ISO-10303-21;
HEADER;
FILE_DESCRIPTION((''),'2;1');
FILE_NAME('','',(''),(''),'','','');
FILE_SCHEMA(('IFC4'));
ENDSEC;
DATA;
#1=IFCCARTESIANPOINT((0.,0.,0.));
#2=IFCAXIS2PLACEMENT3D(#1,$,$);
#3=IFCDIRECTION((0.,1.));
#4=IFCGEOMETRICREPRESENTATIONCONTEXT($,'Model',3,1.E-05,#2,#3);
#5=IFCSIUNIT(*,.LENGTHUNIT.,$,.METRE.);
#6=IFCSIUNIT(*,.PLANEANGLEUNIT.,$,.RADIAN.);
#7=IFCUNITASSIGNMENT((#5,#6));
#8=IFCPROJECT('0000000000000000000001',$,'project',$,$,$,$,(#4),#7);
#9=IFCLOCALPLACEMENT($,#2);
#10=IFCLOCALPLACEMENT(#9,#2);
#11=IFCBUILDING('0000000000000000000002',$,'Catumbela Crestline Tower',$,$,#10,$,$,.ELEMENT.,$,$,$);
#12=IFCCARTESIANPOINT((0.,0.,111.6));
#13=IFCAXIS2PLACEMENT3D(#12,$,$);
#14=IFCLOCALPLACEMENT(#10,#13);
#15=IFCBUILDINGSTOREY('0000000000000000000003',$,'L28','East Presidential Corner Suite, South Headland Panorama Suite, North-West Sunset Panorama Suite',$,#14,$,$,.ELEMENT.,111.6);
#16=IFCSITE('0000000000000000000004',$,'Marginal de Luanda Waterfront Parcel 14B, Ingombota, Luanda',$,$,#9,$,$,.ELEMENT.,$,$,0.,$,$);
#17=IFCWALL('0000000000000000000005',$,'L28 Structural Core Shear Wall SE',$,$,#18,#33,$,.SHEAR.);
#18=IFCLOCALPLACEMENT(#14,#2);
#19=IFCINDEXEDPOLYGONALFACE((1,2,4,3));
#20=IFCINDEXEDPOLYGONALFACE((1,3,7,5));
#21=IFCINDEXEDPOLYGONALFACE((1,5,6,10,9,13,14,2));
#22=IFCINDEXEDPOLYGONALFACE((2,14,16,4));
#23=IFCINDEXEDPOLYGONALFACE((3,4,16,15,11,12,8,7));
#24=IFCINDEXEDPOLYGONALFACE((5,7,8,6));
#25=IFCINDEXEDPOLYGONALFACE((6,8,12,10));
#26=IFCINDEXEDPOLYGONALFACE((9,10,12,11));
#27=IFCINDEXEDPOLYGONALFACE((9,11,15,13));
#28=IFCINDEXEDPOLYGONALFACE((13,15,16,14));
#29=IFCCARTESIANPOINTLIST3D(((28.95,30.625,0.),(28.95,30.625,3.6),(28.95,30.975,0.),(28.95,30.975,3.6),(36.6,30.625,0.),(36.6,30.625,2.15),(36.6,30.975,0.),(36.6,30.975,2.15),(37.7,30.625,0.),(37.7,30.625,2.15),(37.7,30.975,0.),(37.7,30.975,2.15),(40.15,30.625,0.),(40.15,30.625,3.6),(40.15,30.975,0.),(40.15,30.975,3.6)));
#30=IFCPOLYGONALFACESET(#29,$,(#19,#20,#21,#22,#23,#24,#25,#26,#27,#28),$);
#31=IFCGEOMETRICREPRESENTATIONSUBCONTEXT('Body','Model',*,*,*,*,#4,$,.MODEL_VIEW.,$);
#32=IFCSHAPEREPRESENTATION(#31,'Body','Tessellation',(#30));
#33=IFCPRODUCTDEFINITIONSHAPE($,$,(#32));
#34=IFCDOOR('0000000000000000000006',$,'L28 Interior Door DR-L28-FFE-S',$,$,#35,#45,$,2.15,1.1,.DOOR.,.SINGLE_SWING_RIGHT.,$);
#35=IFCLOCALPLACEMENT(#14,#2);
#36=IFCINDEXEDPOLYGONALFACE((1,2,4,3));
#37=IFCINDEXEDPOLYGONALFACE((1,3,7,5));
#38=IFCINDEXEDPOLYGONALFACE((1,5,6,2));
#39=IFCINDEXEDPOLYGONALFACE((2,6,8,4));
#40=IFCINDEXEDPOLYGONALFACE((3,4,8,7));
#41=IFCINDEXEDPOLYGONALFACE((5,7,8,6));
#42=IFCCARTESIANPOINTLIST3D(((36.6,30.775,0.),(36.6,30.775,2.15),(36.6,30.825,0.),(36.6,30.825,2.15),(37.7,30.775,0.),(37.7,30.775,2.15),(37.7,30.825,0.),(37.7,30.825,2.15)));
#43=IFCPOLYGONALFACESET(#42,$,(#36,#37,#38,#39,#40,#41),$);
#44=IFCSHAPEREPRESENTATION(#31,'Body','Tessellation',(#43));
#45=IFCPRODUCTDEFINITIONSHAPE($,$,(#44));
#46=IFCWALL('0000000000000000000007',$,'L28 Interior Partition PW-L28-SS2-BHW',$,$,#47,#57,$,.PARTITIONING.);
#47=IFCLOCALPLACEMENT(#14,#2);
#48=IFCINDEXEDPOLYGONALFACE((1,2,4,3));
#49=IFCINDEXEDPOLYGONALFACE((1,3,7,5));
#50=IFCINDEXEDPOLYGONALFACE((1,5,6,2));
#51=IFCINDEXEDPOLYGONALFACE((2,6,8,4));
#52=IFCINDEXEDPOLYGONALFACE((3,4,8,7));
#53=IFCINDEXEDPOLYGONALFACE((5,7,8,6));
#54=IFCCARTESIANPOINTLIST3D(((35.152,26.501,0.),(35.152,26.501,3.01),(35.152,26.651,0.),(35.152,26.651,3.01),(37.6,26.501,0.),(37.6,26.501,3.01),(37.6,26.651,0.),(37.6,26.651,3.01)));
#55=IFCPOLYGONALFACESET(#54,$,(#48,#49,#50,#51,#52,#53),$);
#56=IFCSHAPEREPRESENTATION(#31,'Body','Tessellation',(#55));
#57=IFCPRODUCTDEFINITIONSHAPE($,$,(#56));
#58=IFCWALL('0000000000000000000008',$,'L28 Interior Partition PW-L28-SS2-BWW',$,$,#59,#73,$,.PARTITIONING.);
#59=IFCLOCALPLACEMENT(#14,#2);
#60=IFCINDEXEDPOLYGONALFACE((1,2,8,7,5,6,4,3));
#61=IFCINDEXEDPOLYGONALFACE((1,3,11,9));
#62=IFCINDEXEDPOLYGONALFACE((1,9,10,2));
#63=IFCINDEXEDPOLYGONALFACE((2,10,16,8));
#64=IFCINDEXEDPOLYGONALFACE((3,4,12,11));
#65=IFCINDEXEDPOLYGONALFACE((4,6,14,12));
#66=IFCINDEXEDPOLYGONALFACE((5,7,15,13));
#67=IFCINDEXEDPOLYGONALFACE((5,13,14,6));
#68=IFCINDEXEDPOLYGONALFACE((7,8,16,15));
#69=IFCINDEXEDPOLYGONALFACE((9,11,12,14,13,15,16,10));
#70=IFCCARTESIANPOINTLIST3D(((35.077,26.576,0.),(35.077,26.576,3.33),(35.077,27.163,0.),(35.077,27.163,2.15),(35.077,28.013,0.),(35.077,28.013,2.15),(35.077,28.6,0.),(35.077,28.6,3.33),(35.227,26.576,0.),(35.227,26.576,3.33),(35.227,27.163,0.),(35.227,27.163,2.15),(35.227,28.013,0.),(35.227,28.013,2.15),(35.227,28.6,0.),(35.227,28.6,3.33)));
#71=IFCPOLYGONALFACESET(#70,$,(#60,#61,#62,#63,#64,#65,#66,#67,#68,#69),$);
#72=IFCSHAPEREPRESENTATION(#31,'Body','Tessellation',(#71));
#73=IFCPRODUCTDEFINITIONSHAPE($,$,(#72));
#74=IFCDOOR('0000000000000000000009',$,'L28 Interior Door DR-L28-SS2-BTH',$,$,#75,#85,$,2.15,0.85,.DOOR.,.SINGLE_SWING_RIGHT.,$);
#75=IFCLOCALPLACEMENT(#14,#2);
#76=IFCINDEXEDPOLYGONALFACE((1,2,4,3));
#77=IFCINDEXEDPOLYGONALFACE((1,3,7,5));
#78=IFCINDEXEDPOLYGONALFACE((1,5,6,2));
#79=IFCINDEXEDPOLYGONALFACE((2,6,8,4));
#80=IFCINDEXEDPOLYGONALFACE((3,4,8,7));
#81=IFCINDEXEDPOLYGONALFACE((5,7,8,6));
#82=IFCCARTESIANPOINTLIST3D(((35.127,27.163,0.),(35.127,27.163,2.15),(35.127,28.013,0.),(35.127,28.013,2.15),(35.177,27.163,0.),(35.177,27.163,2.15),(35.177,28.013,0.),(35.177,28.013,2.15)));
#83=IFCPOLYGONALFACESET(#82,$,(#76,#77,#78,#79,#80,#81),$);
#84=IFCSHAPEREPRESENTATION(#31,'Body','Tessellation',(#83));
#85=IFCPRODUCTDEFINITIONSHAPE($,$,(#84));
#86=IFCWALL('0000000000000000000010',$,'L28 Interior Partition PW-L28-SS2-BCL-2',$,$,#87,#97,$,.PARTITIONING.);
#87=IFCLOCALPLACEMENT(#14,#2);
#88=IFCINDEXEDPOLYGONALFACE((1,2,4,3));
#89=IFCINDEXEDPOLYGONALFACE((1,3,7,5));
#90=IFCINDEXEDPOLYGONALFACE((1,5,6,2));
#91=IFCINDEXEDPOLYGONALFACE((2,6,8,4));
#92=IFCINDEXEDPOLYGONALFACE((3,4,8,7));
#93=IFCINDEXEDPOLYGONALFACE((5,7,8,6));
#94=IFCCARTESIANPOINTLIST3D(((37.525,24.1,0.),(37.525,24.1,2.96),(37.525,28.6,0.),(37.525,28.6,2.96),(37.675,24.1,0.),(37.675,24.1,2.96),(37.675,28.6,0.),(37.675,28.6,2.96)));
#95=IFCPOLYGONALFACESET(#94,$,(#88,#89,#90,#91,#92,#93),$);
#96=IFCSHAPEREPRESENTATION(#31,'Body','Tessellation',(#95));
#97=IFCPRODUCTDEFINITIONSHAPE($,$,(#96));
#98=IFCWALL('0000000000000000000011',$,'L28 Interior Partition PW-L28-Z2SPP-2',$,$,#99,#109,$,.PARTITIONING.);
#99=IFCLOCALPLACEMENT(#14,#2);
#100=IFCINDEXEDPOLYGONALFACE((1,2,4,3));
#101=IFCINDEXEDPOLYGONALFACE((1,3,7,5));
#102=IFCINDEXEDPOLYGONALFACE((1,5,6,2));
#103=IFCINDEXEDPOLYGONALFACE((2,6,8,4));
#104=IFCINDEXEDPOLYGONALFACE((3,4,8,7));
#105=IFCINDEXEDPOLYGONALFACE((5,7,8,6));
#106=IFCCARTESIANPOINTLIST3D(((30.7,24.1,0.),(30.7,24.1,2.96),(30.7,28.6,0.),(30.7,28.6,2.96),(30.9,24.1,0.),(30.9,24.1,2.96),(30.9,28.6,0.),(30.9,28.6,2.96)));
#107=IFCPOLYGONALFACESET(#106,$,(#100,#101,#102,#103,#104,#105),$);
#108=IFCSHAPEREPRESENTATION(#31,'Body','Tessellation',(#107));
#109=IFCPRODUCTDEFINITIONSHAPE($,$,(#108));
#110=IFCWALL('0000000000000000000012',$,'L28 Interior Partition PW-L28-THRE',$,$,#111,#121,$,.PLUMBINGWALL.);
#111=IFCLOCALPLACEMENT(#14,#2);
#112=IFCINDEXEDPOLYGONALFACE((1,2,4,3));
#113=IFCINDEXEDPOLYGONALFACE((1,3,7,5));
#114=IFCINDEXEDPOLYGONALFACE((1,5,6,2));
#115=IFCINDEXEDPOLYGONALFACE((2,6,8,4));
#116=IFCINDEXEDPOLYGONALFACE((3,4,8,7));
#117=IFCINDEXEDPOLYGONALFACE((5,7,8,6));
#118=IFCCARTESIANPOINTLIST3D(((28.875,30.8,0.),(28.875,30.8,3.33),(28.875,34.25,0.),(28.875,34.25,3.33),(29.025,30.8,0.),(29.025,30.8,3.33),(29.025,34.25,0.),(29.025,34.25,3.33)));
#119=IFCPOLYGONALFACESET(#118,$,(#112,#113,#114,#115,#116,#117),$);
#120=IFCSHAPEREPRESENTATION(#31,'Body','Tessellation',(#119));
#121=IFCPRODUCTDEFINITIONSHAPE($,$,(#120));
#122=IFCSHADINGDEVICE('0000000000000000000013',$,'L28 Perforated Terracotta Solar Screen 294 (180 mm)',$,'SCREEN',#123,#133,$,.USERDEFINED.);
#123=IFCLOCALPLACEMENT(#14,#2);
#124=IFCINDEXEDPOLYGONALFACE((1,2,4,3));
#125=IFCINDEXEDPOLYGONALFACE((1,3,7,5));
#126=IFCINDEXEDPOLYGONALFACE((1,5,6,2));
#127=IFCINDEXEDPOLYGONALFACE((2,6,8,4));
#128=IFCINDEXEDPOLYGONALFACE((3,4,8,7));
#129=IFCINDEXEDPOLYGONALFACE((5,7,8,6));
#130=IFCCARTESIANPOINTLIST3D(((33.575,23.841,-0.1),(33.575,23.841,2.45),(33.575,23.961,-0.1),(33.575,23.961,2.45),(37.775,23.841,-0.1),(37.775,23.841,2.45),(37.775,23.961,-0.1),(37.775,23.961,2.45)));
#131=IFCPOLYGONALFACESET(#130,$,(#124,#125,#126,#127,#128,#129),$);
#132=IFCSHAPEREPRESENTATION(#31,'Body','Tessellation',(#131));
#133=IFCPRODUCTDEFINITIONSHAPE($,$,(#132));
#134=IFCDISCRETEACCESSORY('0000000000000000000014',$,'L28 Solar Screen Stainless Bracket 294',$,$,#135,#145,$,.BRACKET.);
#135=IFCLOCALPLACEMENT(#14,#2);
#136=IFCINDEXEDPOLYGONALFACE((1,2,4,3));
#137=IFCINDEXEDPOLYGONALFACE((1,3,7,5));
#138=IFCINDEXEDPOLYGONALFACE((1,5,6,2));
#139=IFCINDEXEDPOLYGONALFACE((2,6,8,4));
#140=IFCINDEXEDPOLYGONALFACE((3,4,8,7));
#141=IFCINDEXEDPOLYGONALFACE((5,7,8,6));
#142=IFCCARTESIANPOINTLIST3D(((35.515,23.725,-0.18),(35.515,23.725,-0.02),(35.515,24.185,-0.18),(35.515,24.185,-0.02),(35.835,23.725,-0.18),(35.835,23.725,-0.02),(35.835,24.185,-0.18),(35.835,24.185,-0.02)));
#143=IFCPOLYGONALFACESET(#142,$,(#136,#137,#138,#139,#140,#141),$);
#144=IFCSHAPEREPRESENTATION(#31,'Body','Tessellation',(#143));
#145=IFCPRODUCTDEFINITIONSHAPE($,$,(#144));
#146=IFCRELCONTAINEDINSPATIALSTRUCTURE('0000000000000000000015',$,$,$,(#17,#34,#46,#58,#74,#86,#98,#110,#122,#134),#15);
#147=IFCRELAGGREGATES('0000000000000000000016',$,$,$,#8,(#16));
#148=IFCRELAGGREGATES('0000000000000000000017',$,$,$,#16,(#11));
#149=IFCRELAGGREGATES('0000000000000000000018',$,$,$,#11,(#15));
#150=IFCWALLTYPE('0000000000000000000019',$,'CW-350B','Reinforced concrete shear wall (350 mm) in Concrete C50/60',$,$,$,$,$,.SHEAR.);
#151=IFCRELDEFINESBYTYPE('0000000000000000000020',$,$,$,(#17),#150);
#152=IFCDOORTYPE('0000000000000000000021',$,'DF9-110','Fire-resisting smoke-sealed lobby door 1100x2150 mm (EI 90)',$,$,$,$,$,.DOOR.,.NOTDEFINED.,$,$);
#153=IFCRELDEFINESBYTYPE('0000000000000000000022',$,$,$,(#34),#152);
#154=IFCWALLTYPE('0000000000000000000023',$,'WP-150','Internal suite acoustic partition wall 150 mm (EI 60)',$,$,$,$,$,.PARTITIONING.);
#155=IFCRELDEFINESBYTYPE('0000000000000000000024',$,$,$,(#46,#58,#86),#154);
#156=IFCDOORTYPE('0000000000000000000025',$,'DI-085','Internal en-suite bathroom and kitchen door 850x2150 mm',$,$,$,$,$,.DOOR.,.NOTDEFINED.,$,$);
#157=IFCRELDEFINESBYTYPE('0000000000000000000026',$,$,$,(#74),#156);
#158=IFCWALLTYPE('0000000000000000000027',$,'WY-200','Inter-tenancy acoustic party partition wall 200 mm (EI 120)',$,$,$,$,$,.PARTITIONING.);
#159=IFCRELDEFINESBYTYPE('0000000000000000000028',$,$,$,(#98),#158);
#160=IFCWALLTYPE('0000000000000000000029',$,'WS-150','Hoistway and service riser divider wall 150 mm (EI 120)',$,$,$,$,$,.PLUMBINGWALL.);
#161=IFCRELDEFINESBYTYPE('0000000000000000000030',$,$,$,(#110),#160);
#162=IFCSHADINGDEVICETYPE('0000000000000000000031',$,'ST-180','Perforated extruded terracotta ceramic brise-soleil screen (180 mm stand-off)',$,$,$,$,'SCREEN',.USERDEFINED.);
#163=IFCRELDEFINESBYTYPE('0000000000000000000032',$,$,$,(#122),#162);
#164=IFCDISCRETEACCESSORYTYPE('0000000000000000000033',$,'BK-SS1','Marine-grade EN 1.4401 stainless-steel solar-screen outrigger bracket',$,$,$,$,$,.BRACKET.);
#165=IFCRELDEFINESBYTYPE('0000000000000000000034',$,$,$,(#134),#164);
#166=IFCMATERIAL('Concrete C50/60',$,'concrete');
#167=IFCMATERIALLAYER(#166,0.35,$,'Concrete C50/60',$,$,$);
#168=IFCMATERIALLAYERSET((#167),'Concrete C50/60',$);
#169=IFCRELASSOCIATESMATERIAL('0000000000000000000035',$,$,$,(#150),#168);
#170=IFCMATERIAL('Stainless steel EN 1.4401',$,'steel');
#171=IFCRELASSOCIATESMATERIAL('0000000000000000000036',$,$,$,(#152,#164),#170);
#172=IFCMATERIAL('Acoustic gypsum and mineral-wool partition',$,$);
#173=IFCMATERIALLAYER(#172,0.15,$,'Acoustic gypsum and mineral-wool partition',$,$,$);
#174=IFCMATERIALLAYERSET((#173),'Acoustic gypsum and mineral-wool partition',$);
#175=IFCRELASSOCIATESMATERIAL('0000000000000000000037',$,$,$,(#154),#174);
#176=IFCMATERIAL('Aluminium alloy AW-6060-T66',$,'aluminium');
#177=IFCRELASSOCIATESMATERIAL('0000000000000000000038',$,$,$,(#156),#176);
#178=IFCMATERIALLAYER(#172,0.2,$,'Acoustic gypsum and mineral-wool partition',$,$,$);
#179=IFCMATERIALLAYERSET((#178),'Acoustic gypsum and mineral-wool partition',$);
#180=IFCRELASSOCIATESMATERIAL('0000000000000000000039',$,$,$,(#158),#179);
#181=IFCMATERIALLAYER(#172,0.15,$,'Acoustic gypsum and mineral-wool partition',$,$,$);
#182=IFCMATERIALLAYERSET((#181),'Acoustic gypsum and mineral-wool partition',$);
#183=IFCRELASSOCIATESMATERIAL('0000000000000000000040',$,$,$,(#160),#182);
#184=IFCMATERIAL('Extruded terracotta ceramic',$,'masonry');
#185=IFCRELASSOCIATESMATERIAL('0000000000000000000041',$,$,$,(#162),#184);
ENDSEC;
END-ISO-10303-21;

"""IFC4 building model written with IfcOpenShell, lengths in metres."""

from ifc_helpers import new_model, si_unit, direction, frame, frame_2d, origin, origin_2d, place, context, subcontext, project, spatial, rectangle, extrude, material, layer, layer_set, type_object, element, fill, save


model = new_model("IFC4")

# Units and contexts
model_context = context("Model", 3, precision=1e-05, world=origin(), true_north=direction((0.0, 1.0)))
body_context = subcontext(model_context, "Body", "Model", "MODEL_VIEW")
ifc_project = project(units=[si_unit("LENGTHUNIT", "METRE"), si_unit("PLANEANGLEUNIT", "RADIAN")], contexts=[model_context])

# Site, building, storey
site_placement = place(None, origin())
site = spatial("IfcSite", under=ifc_project, at=site_placement, Name="Marginal de Luanda Waterfront Parcel 14B, Ingombota, Luanda", CompositionType="ELEMENT", RefElevation=0.0)
building_placement = place(site_placement, origin())
building = spatial("IfcBuilding", under=site, at=building_placement, Name="Catumbela Crestline Tower", CompositionType="ELEMENT")
storey_placement = place(building_placement, frame((0.0, 0.0, 111.6)))
storey = spatial("IfcBuildingStorey", under=building, at=storey_placement, Name="L28", Description="East Presidential Corner Suite, South Headland Panorama Suite, North-West Sunset Panorama Suite", CompositionType="ELEMENT", Elevation=111.6)

# Shared definitions
ifc_material_1 = material(Name="Concrete C50/60", Category="concrete")

# Shared definitions
ifc_material_2 = material(Name="Aluminium alloy AW-6060-T66", Category="aluminium")

# Wall, opening, door
ifc_layer_1 = layer(ifc_material_1, 0.35, Name="Concrete C50/60")
ifc_layer_set_1 = layer_set([ifc_layer_1], Name="Concrete C50/60")
wall_type_1 = type_object("IfcWallType", Name="CW-350B", Description="Reinforced concrete shear wall (350 mm) in Concrete C50/60", PredefinedType="SHEAR", material=ifc_layer_set_1)
wall_1_placement = place(storey_placement, frame((28.95, 30.8, 0.0), z_axis=(0.0, 0.0, 1.0), x_axis=(1.0, 0.0, 0.0)))
wall_1 = element("IfcWall", 1, at=wall_1_placement, inside=storey, type_object=wall_type_1, Name="L28 Structural Core Shear Wall SE", PredefinedType="SHEAR", context=body_context, shape_type="SweptSolid", body=[
    extrude(rectangle(XDim=11.2, YDim=0.35, at=frame_2d((5.6, 0.0))), origin(), (0.0, 0.0, 1.0), 3.6),
])
opening_1_placement = place(wall_1_placement, frame((7.65, 0.0, 0.0)))
opening_1 = element("IfcOpeningElement", 2, at=opening_1_placement, cuts=wall_1, PredefinedType="OPENING", context=body_context, shape_type="SweptSolid", body=[
    extrude(rectangle(XDim=1.1, YDim=2.15, at=frame_2d((0.55, 1.075))), frame((0.0, 0.185, 0.0), z_axis=(0.0, -1.0, 0.0), x_axis=(1.0, 0.0, 0.0)), (0.0, 0.0, 1.0), 0.37),
])
ifc_material_3 = material(Name="Stainless steel EN 1.4401", Category="steel")
door_type_1 = type_object("IfcDoorType", Name="DF9-110", Description="Fire-resisting smoke-sealed lobby door 1100x2150 mm (EI 90)", OperationType="NOTDEFINED", PredefinedType="DOOR", material=ifc_material_3)
door_1_placement = place(opening_1_placement, origin())
door_1 = element("IfcDoor", 3, at=door_1_placement, inside=storey, type_object=door_type_1, Name="L28 Interior Door DR-L28-FFE-S", OperationType="SINGLE_SWING_RIGHT", OverallHeight=2.15, OverallWidth=1.1, PredefinedType="DOOR", context=body_context, shape_type="SweptSolid", body=[
    extrude(rectangle(XDim=1.1, YDim=2.15, at=frame_2d((0.55, 1.075))), frame((0.0, 0.025, 0.0), z_axis=(0.0, -1.0, 0.0), x_axis=(1.0, 0.0, 0.0)), (0.0, 0.0, 1.0), 0.05),
])
fill(opening_1, door_1)

# Wall
ifc_material_4 = material(Name="Acoustic gypsum and mineral-wool partition")
ifc_layer_2 = layer(ifc_material_4, 0.15, Name="Acoustic gypsum and mineral-wool partition")
ifc_layer_set_2 = layer_set([ifc_layer_2], Name="Acoustic gypsum and mineral-wool partition")
wall_type_2 = type_object("IfcWallType", Name="WP-150", Description="Internal suite acoustic partition wall 150 mm (EI 60)", PredefinedType="PARTITIONING", material=ifc_layer_set_2)
wall_2_placement = place(storey_placement, frame((35.152, 26.576, 0.0), z_axis=(0.0, 0.0, 1.0), x_axis=(1.0, 0.0, 0.0)))
element("IfcWall", 4, at=wall_2_placement, inside=storey, type_object=wall_type_2, Name="L28 Interior Partition PW-L28-SS2-BHW", PredefinedType="PARTITIONING", context=body_context, shape_type="SweptSolid", body=[
    extrude(rectangle(XDim=2.448, YDim=0.15, at=frame_2d((1.224, 0.0))), origin(), (0.0, 0.0, 1.0), 3.01),
])

# Wall, opening, door
wall_3_placement = place(storey_placement, frame((35.152, 26.576, 0.0), z_axis=(0.0, 0.0, 1.0), x_axis=(0.0, 1.0, 0.0)))
wall_3 = element("IfcWall", 5, at=wall_3_placement, inside=storey, type_object=wall_type_2, Name="L28 Interior Partition PW-L28-SS2-BWW", PredefinedType="PARTITIONING", context=body_context, shape_type="SweptSolid", body=[
    extrude(rectangle(XDim=2.024, YDim=0.15, at=frame_2d((1.012, 0.0))), origin(), (0.0, 0.0, 1.0), 3.33),
])
opening_2_placement = place(wall_3_placement, frame((0.587, 0.0, 0.0)))
opening_2 = element("IfcOpeningElement", 6, at=opening_2_placement, cuts=wall_3, PredefinedType="OPENING", context=body_context, shape_type="SweptSolid", body=[
    extrude(rectangle(XDim=0.85, YDim=2.15, at=frame_2d((0.425, 1.075))), frame((0.0, 0.085, 0.0), z_axis=(0.0, -1.0, 0.0), x_axis=(1.0, 0.0, 0.0)), (0.0, 0.0, 1.0), 0.17),
])
door_type_2 = type_object("IfcDoorType", Name="DI-085", Description="Internal en-suite bathroom and kitchen door 850x2150 mm", OperationType="NOTDEFINED", PredefinedType="DOOR", material=ifc_material_2)
door_2_placement = place(opening_2_placement, origin())
door_2 = element("IfcDoor", 7, at=door_2_placement, inside=storey, type_object=door_type_2, Name="L28 Interior Door DR-L28-SS2-BTH", OperationType="SINGLE_SWING_RIGHT", OverallHeight=2.15, OverallWidth=0.85, PredefinedType="DOOR", context=body_context, shape_type="SweptSolid", body=[
    extrude(rectangle(XDim=0.85, YDim=2.15, at=frame_2d((0.425, 1.075))), frame((0.0, 0.025, 0.0), z_axis=(0.0, -1.0, 0.0), x_axis=(1.0, 0.0, 0.0)), (0.0, 0.0, 1.0), 0.05),
])
fill(opening_2, door_2)

# Walls
wall_4_placement = place(storey_placement, frame((37.6, 28.6, 0.0), z_axis=(0.0, 0.0, 1.0), x_axis=(0.0, -1.0, 0.0)))
element("IfcWall", 8, at=wall_4_placement, inside=storey, type_object=wall_type_2, Name="L28 Interior Partition PW-L28-SS2-BCL-2", PredefinedType="PARTITIONING", context=body_context, shape_type="SweptSolid", body=[
    extrude(rectangle(XDim=4.5, YDim=0.15, at=frame_2d((2.25, 0.0))), origin(), (0.0, 0.0, 1.0), 2.96),
])
ifc_layer_3 = layer(ifc_material_4, 0.2, Name="Acoustic gypsum and mineral-wool partition")
ifc_layer_set_3 = layer_set([ifc_layer_3], Name="Acoustic gypsum and mineral-wool partition")
wall_type_3 = type_object("IfcWallType", Name="WY-200", Description="Inter-tenancy acoustic party partition wall 200 mm (EI 120)", PredefinedType="PARTITIONING", material=ifc_layer_set_3)
wall_5_placement = place(storey_placement, frame((30.8, 24.1, 0.0), z_axis=(0.0, 0.0, 1.0), x_axis=(0.0, 1.0, 0.0)))
element("IfcWall", 9, at=wall_5_placement, inside=storey, type_object=wall_type_3, Name="L28 Interior Partition PW-L28-Z2SPP-2", PredefinedType="PARTITIONING", context=body_context, shape_type="SweptSolid", body=[
    extrude(rectangle(XDim=4.5, YDim=0.2, at=frame_2d((2.25, 0.0))), origin(), (0.0, 0.0, 1.0), 2.96),
])
ifc_layer_4 = layer(ifc_material_4, 0.15, Name="Acoustic gypsum and mineral-wool partition")
ifc_layer_set_4 = layer_set([ifc_layer_4], Name="Acoustic gypsum and mineral-wool partition")
wall_type_4 = type_object("IfcWallType", Name="WS-150", Description="Hoistway and service riser divider wall 150 mm (EI 120)", PredefinedType="PLUMBINGWALL", material=ifc_layer_set_4)
wall_6_placement = place(storey_placement, frame((28.95, 30.8, 0.0), z_axis=(0.0, 0.0, 1.0), x_axis=(0.0, 1.0, 0.0)))
element("IfcWall", 10, at=wall_6_placement, inside=storey, type_object=wall_type_4, Name="L28 Interior Partition PW-L28-THRE", PredefinedType="PLUMBINGWALL", context=body_context, shape_type="SweptSolid", body=[
    extrude(rectangle(XDim=3.45, YDim=0.15, at=frame_2d((1.725, 0.0))), origin(), (0.0, 0.0, 1.0), 3.33),
])

# Shading device
ifc_material_5 = material(Name="Extruded terracotta ceramic", Category="masonry")
shading_device_type = type_object("IfcShadingDeviceType", Name="ST-180", Description="Perforated extruded terracotta ceramic brise-soleil screen (180 mm stand-off)", ElementType="SCREEN", PredefinedType="USERDEFINED", material=ifc_material_5)
shading_device_placement = place(storey_placement, frame((35.675, 23.901, -0.1), z_axis=(0.0, 0.0, 1.0), x_axis=(1.0, 0.0, 0.0)))
element("IfcShadingDevice", 11, at=shading_device_placement, inside=storey, type_object=shading_device_type, Name="L28 Perforated Terracotta Solar Screen 294 (180 mm)", ObjectType="SCREEN", PredefinedType="USERDEFINED", context=body_context, shape_type="SweptSolid", body=[
    extrude(rectangle(XDim=4.2, YDim=0.12, at=origin_2d()), origin(), (0.0, 0.0, 1.0), 2.55),
])

# Discrete accessory
discrete_accessory_type = type_object("IfcDiscreteAccessoryType", Name="BK-SS1", Description="Marine-grade EN 1.4401 stainless-steel solar-screen outrigger bracket", PredefinedType="BRACKET", material=ifc_material_3)
discrete_accessory_placement = place(storey_placement, frame((35.675, 23.955, -0.18), z_axis=(0.0, 0.0, 1.0), x_axis=(1.0, 0.0, 0.0)))
element("IfcDiscreteAccessory", 12, at=discrete_accessory_placement, inside=storey, type_object=discrete_accessory_type, Name="L28 Solar Screen Stainless Bracket 294", PredefinedType="BRACKET", context=body_context, shape_type="SweptSolid", body=[
    extrude(rectangle(XDim=0.32, YDim=0.46, at=origin_2d()), origin(), (0.0, 0.0, 1.0), 0.16),
])

save(model, "model.ifc")
